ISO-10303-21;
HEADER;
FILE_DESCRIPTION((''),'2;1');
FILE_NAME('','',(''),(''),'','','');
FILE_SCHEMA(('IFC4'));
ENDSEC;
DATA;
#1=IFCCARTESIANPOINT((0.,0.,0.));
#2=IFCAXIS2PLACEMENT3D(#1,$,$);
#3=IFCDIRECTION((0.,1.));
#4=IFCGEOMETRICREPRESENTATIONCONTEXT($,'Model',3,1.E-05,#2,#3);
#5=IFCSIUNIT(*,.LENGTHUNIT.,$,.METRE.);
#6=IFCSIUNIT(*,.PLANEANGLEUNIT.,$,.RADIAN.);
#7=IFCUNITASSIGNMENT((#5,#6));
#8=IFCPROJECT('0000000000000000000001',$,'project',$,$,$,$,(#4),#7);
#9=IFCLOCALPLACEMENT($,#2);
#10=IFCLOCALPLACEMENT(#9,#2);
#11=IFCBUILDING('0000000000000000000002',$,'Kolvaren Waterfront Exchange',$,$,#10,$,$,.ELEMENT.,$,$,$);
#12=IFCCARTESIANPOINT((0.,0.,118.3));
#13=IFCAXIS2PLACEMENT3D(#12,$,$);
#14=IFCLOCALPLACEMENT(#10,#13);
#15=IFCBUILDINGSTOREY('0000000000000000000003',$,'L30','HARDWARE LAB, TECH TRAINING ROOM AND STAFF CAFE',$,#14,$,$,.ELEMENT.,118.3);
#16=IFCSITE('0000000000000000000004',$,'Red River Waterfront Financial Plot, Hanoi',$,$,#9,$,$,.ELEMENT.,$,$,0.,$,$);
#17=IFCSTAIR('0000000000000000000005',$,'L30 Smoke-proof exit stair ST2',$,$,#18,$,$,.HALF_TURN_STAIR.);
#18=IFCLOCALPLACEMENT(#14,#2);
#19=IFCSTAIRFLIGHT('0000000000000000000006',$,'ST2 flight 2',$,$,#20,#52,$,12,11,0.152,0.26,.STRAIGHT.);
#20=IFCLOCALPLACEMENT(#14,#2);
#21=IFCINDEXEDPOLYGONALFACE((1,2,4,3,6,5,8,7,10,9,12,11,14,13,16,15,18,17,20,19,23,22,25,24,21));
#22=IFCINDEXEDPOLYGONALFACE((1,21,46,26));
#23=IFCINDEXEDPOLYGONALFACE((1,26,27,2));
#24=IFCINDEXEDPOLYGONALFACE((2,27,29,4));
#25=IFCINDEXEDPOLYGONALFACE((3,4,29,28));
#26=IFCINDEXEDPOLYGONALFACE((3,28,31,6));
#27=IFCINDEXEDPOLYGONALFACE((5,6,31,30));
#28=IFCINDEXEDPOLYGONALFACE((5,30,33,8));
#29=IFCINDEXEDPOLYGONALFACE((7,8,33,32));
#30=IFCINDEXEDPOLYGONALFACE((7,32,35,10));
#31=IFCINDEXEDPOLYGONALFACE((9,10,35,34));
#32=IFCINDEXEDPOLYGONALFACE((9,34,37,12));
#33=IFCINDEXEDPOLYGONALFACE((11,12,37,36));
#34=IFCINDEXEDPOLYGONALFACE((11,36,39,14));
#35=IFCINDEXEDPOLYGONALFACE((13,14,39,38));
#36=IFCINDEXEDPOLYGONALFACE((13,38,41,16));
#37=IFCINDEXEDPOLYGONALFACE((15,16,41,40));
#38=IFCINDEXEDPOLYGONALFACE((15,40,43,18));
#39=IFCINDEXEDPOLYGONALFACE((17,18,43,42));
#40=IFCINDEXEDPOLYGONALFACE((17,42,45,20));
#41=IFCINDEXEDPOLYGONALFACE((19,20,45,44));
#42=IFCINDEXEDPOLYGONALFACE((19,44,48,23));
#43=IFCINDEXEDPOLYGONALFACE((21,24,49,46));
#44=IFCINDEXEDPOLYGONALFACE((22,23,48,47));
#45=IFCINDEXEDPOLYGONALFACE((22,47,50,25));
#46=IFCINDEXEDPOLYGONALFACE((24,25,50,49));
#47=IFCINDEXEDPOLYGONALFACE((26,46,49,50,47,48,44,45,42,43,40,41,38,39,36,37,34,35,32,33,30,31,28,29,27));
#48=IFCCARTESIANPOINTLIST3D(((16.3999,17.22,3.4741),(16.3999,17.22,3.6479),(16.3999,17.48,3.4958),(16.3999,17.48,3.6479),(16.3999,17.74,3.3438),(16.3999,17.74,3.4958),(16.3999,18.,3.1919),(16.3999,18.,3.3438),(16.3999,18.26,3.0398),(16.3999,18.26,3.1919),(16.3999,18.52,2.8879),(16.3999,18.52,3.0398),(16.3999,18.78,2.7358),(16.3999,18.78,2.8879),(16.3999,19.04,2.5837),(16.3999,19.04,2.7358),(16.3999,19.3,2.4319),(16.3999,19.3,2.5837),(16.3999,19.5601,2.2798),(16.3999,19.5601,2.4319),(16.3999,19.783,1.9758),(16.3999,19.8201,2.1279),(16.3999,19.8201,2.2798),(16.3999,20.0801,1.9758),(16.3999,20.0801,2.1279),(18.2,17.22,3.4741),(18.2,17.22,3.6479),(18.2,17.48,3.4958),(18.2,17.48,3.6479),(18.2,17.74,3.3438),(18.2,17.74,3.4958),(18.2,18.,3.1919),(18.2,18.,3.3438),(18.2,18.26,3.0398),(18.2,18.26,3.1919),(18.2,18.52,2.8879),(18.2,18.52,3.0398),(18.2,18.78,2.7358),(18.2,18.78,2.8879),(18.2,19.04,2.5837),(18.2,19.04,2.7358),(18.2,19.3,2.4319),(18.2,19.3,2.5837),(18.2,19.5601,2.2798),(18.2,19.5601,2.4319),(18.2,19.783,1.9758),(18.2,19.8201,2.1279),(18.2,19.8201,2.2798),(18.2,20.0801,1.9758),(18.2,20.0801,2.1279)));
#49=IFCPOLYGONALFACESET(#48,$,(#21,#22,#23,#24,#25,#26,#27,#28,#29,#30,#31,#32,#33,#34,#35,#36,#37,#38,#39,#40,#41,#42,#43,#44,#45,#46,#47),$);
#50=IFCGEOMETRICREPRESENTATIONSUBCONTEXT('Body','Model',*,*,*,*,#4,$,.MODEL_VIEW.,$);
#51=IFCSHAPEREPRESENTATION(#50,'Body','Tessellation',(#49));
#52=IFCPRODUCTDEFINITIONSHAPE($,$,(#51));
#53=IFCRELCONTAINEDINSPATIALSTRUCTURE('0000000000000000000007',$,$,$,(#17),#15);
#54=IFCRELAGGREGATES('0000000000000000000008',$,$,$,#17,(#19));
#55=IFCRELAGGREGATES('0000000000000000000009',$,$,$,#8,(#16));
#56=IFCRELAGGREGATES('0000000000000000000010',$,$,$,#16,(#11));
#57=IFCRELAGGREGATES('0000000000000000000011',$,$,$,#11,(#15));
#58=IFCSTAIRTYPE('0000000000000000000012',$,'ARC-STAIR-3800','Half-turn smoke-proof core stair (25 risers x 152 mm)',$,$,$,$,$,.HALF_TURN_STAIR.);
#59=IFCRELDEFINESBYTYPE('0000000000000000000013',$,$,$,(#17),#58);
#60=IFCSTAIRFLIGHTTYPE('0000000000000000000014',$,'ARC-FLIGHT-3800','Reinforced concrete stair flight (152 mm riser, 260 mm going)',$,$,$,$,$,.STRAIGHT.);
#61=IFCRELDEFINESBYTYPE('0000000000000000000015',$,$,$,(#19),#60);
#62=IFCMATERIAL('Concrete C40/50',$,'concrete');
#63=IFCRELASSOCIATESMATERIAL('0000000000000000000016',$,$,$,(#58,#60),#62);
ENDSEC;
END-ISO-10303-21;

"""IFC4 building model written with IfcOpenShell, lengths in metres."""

from ifc_helpers import new_model, si_unit, direction, frame, origin, place, context, subcontext, project, spatial, polyline, outline, extrude, material, type_object, element, aggregate, save


model = new_model("IFC4")

# Units and contexts
model_context = context("Model", 3, precision=1e-05, world=origin(), true_north=direction((0.0, 1.0)))
body_context = subcontext(model_context, "Body", "Model", "MODEL_VIEW")
ifc_project = project(units=[si_unit("LENGTHUNIT", "METRE"), si_unit("PLANEANGLEUNIT", "RADIAN")], contexts=[model_context])

# Site, building, storey
site_placement = place(None, origin())
site = spatial("IfcSite", under=ifc_project, at=site_placement, Name="Red River Waterfront Financial Plot, Hanoi", CompositionType="ELEMENT", RefElevation=0.0)
building_placement = place(site_placement, origin())
building = spatial("IfcBuilding", under=site, at=building_placement, Name="Kolvaren Waterfront Exchange", CompositionType="ELEMENT")
storey_placement = place(building_placement, frame((0.0, 0.0, 118.3)))
storey = spatial("IfcBuildingStorey", under=building, at=storey_placement, Name="L30", Description="HARDWARE LAB, TECH TRAINING ROOM AND STAFF CAFE", CompositionType="ELEMENT", Elevation=118.3)

# Stair, stair flight
ifc_material_1 = material(Name="Concrete C40/50", Category="concrete")
stair_type = type_object("IfcStairType", Name="ARC-STAIR-3800", Description="Half-turn smoke-proof core stair (25 risers x 152 mm)", PredefinedType="HALF_TURN_STAIR", material=ifc_material_1)
stair_placement = place(storey_placement, origin())
stair = element("IfcStair", 1, at=stair_placement, inside=storey, type_object=stair_type, Name="L30 Smoke-proof exit stair ST2", PredefinedType="HALF_TURN_STAIR")
stair_flight_type = type_object("IfcStairFlightType", Name="ARC-FLIGHT-3800", Description="Reinforced concrete stair flight (152 mm riser, 260 mm going)", PredefinedType="STRAIGHT", material=ifc_material_1)
stair_flight_placement = place(storey_placement, frame((17.3, 20.0801, 1.9758), z_axis=(0.0, 0.0, 1.0), x_axis=(0.0, -1.0, 0.0)))
stair_flight = element("IfcStairFlight", 2, at=stair_flight_placement, type_object=stair_flight_type, Name="ST2 flight 2", NumberOfRisers=12, NumberOfTreads=11, PredefinedType="STRAIGHT", RiserHeight=0.152, TreadLength=0.26, context=body_context, shape_type="SweptSolid", body=[
    extrude(outline(polyline([(0.0, 0.0), (0.0, 0.1521), (0.26, 0.1521), (0.26, 0.304), (0.52, 0.304), (0.52, 0.4561), (0.78, 0.4561), (0.78, 0.6079), (1.04, 0.6079), (1.04, 0.76), (1.3, 0.76), (1.3, 0.9121), (1.5601, 0.9121), (1.5601, 1.064), (1.8201, 1.064), (1.8201, 1.2161), (2.0801, 1.2161), (2.0801, 1.3679), (2.3401, 1.3679), (2.3401, 1.52), (2.6001, 1.52), (2.6001, 1.6721), (2.8601, 1.6721), (2.8601, 1.824), (2.8601, 1.4983), (0.2971, 0.0), (0.0, 0.0)])), frame((0.0, 0.8999, 0.0), z_axis=(0.0, -1.0, 0.0), x_axis=(1.0, 0.0, 0.0)), (0.0, 0.0, 1.0), 1.8),
])
aggregate(stair, [stair_flight])

save(model, "model.ifc")
